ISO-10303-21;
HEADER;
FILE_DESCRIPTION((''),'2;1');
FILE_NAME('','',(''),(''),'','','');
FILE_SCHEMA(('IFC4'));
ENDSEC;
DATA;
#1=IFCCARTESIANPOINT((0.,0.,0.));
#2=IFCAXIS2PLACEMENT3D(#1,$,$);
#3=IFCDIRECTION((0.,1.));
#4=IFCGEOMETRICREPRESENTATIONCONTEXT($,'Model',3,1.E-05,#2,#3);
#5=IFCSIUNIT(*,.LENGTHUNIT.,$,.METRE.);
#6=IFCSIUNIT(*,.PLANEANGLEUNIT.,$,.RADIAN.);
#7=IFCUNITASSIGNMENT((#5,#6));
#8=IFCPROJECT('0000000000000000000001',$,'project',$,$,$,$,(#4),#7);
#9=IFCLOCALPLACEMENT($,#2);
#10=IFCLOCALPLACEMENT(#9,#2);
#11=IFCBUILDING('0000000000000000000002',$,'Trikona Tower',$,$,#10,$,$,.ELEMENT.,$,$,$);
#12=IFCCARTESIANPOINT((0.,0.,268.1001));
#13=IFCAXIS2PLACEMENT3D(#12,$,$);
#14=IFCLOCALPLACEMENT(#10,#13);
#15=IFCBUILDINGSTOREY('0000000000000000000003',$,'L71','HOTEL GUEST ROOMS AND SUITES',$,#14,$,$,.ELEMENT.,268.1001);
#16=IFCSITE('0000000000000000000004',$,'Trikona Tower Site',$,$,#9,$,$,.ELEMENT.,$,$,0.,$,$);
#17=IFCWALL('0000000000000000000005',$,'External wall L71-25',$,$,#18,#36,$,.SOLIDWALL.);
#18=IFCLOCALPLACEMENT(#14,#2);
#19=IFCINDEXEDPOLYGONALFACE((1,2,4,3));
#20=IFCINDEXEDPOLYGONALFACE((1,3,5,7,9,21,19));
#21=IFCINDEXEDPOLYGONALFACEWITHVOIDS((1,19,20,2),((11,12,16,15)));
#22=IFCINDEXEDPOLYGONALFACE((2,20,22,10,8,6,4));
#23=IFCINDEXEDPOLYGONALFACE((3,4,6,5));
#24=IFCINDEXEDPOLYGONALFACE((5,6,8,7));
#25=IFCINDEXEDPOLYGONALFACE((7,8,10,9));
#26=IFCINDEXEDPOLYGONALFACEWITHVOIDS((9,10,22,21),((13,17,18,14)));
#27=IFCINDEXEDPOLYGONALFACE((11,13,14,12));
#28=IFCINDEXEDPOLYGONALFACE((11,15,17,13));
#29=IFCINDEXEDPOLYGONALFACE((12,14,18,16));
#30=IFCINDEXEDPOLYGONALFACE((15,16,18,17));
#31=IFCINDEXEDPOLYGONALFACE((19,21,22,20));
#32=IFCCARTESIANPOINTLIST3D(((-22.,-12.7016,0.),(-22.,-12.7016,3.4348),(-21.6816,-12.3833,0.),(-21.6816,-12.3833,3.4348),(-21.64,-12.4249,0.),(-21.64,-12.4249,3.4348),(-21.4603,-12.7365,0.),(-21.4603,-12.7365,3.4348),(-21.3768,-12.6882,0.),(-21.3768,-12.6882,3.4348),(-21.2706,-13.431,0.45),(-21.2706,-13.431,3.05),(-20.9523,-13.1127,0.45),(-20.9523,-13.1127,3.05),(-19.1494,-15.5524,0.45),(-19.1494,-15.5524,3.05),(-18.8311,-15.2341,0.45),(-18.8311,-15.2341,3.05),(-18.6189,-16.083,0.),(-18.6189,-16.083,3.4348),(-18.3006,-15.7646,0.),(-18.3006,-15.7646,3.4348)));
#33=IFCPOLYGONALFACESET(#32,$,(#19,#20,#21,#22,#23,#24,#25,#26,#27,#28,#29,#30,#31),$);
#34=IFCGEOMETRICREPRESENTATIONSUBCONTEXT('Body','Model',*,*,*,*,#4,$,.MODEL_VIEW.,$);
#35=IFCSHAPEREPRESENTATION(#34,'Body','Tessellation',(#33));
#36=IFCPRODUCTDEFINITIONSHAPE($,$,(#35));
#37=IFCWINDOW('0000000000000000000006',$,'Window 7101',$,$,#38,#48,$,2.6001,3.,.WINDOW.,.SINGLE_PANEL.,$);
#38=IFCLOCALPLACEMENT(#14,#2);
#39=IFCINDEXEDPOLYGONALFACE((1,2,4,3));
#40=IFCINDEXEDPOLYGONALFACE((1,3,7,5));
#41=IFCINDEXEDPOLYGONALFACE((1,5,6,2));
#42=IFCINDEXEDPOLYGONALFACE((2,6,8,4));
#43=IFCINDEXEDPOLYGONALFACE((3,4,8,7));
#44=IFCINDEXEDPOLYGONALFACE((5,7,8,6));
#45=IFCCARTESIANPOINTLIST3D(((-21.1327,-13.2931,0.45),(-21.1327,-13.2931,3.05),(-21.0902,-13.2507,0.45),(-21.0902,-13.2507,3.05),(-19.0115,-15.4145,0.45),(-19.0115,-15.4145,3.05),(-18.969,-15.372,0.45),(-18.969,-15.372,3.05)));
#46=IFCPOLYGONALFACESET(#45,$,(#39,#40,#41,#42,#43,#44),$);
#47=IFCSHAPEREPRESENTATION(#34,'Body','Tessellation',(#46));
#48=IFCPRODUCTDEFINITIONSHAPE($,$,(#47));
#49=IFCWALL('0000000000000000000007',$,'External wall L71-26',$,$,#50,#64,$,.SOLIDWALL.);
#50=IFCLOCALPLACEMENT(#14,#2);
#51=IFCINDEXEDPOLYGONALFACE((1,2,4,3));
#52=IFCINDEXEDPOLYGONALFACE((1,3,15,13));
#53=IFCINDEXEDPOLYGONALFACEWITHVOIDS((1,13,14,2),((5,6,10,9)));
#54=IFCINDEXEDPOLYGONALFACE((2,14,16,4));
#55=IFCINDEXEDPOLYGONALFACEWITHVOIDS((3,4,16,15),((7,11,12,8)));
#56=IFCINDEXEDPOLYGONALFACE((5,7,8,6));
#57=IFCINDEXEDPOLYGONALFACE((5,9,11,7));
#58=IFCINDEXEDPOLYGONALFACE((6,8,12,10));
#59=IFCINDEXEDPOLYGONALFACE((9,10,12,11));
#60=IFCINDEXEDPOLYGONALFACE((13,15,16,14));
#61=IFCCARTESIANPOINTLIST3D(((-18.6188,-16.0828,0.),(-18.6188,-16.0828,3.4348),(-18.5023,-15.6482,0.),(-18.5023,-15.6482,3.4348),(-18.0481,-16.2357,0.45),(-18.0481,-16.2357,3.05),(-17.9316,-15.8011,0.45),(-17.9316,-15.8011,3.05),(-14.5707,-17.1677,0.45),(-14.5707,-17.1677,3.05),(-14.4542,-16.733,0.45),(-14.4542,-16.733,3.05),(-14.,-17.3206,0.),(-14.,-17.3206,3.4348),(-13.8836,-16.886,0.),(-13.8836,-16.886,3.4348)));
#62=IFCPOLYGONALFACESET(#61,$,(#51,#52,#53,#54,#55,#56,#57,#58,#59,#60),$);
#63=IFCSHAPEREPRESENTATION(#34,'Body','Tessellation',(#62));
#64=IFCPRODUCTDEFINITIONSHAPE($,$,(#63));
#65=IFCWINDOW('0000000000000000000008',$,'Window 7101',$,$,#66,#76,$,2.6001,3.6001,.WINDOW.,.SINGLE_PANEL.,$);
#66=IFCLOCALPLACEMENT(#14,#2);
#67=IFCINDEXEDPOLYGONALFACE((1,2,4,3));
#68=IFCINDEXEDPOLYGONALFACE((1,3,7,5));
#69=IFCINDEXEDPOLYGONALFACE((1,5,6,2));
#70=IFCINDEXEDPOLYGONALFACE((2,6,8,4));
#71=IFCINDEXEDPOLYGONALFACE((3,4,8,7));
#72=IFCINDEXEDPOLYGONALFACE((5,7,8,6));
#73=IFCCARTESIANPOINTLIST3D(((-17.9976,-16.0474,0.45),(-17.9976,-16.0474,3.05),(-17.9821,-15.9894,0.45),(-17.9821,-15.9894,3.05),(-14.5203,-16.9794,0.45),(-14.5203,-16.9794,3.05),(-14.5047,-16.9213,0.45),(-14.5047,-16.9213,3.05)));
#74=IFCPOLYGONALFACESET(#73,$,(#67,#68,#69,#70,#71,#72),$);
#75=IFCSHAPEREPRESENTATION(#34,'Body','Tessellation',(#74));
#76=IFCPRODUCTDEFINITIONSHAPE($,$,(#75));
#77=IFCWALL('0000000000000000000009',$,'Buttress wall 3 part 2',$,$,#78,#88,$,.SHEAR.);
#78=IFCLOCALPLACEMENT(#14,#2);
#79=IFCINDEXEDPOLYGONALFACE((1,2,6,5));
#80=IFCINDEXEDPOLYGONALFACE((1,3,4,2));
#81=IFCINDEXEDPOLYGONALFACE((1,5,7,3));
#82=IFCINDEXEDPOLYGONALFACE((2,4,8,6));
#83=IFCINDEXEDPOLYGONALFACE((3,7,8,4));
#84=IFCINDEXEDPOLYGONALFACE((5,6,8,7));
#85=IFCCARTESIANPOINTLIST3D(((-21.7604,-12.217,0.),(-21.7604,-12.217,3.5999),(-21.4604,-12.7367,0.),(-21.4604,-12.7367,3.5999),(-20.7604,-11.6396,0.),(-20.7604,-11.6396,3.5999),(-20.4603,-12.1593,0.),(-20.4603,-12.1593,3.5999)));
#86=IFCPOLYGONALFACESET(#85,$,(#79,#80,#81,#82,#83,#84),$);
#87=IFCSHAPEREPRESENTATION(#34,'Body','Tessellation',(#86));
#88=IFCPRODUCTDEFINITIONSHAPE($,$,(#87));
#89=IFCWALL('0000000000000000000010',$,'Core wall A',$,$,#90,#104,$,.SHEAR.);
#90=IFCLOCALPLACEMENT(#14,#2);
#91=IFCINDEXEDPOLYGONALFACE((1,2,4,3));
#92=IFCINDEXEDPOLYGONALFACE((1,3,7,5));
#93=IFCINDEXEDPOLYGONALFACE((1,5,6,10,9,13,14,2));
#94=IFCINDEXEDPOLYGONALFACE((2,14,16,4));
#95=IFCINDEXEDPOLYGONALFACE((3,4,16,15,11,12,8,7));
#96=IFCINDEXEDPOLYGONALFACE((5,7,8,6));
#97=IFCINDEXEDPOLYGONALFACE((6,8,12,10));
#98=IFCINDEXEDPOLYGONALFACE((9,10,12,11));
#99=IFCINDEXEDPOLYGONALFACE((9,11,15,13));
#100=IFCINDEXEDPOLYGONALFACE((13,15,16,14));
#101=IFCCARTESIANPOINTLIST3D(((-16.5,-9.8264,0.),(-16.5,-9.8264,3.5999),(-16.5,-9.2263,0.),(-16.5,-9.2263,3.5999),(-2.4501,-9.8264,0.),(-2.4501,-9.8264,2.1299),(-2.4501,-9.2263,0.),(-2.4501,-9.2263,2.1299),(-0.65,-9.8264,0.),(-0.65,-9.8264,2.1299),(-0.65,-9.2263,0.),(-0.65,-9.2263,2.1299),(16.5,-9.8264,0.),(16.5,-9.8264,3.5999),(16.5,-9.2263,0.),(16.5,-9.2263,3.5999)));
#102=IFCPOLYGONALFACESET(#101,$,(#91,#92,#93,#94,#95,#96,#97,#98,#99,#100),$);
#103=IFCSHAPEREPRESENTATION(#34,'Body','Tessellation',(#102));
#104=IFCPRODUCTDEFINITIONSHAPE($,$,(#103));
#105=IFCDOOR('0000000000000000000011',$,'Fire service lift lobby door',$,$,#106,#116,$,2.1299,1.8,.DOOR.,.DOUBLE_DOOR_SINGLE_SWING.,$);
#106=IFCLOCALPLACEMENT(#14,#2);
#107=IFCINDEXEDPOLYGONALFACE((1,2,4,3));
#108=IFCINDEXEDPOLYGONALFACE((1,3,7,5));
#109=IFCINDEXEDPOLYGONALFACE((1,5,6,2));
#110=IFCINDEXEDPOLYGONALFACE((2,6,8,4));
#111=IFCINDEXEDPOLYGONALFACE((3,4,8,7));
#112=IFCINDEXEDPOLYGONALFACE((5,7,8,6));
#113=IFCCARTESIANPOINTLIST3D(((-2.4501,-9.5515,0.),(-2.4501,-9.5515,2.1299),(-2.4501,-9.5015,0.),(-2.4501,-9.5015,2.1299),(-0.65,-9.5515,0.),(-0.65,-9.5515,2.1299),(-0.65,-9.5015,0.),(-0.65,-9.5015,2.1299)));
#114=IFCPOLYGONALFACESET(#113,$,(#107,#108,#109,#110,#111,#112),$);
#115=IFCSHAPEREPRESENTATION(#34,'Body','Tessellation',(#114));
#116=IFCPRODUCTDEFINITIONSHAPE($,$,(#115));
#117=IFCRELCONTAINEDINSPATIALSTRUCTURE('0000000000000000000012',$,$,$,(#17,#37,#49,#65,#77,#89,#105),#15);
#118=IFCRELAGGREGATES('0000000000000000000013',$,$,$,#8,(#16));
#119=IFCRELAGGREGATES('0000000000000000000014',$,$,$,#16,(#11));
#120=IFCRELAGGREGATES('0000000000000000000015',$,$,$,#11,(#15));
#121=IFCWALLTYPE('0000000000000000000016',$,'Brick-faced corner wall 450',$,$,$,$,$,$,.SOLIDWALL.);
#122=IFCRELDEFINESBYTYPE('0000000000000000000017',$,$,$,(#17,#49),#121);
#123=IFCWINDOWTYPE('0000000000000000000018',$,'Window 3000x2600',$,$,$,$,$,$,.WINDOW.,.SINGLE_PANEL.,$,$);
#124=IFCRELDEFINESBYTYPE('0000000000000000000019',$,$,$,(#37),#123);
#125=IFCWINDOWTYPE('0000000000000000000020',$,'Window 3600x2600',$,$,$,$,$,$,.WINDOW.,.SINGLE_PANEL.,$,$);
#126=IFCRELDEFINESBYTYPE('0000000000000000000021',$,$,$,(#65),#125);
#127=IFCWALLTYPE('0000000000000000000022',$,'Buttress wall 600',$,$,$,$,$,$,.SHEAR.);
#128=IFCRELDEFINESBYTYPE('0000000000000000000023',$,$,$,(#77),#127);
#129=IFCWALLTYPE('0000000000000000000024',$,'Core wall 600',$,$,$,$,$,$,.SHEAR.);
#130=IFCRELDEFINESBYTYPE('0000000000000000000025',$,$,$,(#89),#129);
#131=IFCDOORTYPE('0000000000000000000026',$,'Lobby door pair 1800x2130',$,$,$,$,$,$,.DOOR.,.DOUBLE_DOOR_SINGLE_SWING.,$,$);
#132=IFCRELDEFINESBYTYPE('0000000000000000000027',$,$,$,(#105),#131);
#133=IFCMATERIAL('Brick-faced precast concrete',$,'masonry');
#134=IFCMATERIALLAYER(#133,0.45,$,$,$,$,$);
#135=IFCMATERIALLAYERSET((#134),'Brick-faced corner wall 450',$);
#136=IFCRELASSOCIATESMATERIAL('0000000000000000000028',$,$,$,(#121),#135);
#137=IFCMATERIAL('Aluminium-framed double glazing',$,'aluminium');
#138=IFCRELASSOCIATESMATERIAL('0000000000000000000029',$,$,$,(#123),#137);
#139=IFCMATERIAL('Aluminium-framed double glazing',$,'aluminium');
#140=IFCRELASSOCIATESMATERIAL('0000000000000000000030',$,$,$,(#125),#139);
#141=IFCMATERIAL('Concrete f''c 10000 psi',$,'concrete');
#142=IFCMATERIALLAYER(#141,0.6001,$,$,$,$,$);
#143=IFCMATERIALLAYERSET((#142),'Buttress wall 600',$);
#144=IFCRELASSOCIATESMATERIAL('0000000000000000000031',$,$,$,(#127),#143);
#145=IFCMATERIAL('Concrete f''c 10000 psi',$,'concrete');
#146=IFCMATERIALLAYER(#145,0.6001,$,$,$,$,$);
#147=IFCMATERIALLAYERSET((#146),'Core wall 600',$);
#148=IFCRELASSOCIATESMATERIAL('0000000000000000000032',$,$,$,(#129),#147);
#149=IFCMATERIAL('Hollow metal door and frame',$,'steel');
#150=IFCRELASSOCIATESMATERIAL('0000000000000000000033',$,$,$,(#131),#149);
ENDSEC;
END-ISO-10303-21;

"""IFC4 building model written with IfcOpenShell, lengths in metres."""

from ifc_helpers import new_model, si_unit, direction, frame, frame_2d, origin, place, context, subcontext, project, spatial, polyline, rectangle, outline, extrude, material, layer, layer_set, type_object, element, fill, save


model = new_model("IFC4")

# Units and contexts
model_context = context("Model", 3, precision=1e-05, world=origin(), true_north=direction((0.0, 1.0)))
body_context = subcontext(model_context, "Body", "Model", "MODEL_VIEW")
ifc_project = project(units=[si_unit("LENGTHUNIT", "METRE"), si_unit("PLANEANGLEUNIT", "RADIAN")], contexts=[model_context])

# Site, building, storey
site_placement = place(None, origin())
site = spatial("IfcSite", under=ifc_project, at=site_placement, Name="Trikona Tower Site", CompositionType="ELEMENT", RefElevation=0.0)
building_placement = place(site_placement, origin())
building = spatial("IfcBuilding", under=site, at=building_placement, Name="Trikona Tower", CompositionType="ELEMENT")
storey_placement = place(building_placement, frame((0.0, 0.0, 268.1001)))
storey = spatial("IfcBuildingStorey", under=building, at=storey_placement, Name="L71", Description="HOTEL GUEST ROOMS AND SUITES", CompositionType="ELEMENT", Elevation=268.1001)

# Walls, openings, windows
ifc_material_1 = material(Name="Brick-faced precast concrete", Category="masonry")
ifc_layer_1 = layer(ifc_material_1, 0.45)
ifc_layer_set_1 = layer_set([ifc_layer_1], Name="Brick-faced corner wall 450")
wall_type_1 = type_object("IfcWallType", Name="Brick-faced corner wall 450", PredefinedType="SOLIDWALL", material=ifc_layer_set_1)
wall_1_placement = place(storey_placement, frame((-21.8408, -12.5425, 0.0), z_axis=(0.0, 0.0, 1.0), x_axis=(0.707081, -0.707132, 0.0)))
wall_1 = element("IfcWall", 1, at=wall_1_placement, inside=storey, type_object=wall_type_1, Name="External wall L71-25", PredefinedType="SOLIDWALL", context=body_context, shape_type="SweptSolid", body=[
    extrude(outline(polyline([(4.7817, 0.2251), (0.4312, 0.2251), (0.4062, 0.1318), (0.0588, 0.2251), (0.0, 0.2251), (0.0, -0.2251), (4.7817, -0.2251), (4.7817, 0.2251)])), origin(), (0.0, 0.0, 1.0), 3.4348),
])
opening_1_placement = place(wall_1_placement, frame((1.0315, 0.0, 0.45)))
opening_1 = element("IfcOpeningElement", 2, at=opening_1_placement, cuts=wall_1, PredefinedType="OPENING", context=body_context, shape_type="SweptSolid", body=[
    extrude(rectangle(XDim=3.0, YDim=2.6001, at=frame_2d((1.5, 1.3))), frame((0.0, 0.2349, 0.0), z_axis=(0.0, -1.0, 0.0), x_axis=(1.0, 0.0, 0.0)), (0.0, 0.0, 1.0), 0.47),
])
ifc_material_2 = material(Name="Aluminium-framed double glazing", Category="aluminium")
window_type_1 = type_object("IfcWindowType", Name="Window 3000x2600", PartitioningType="SINGLE_PANEL", PredefinedType="WINDOW", material=ifc_material_2)
window_1_placement = place(opening_1_placement, origin())
window_1 = element("IfcWindow", 3, at=window_1_placement, inside=storey, type_object=window_type_1, Name="Window 7101", OverallHeight=2.6001, OverallWidth=3.0, PartitioningType="SINGLE_PANEL", PredefinedType="WINDOW", context=body_context, shape_type="SweptSolid", body=[
    extrude(rectangle(XDim=3.0, YDim=2.6001, at=frame_2d((1.5, 1.3))), frame((0.0, 0.03, 0.0), z_axis=(0.0, -1.0, 0.0), x_axis=(1.0, 0.0, 0.0)), (0.0, 0.0, 1.0), 0.0601),
])
fill(opening_1, window_1)
wall_2_placement = place(storey_placement, frame((-18.5605, -15.8655, 0.0), z_axis=(0.0, 0.0, 1.0), x_axis=(0.965914, -0.258864, 0.0)))
wall_2 = element("IfcWall", 4, at=wall_2_placement, inside=storey, type_object=wall_type_1, Name="External wall L71-26", PredefinedType="SOLIDWALL", context=body_context, shape_type="SweptSolid", body=[
    extrude(rectangle(XDim=4.7817, YDim=0.45, at=frame_2d((2.3909, 0.0))), origin(), (0.0, 0.0, 1.0), 3.4348),
])
opening_2_placement = place(wall_2_placement, frame((0.5908, 0.0, 0.45)))
opening_2 = element("IfcOpeningElement", 5, at=opening_2_placement, cuts=wall_2, PredefinedType="OPENING", context=body_context, shape_type="SweptSolid", body=[
    extrude(rectangle(XDim=3.6001, YDim=2.6001, at=frame_2d((1.8, 1.3))), frame((0.0, 0.2349, 0.0), z_axis=(0.0, -1.0, 0.0), x_axis=(1.0, 0.0, 0.0)), (0.0, 0.0, 1.0), 0.47),
])
ifc_material_3 = material(Name="Aluminium-framed double glazing", Category="aluminium")
window_type_2 = type_object("IfcWindowType", Name="Window 3600x2600", PartitioningType="SINGLE_PANEL", PredefinedType="WINDOW", material=ifc_material_3)
window_2_placement = place(opening_2_placement, origin())
window_2 = element("IfcWindow", 6, at=window_2_placement, inside=storey, type_object=window_type_2, Name="Window 7101", OverallHeight=2.6001, OverallWidth=3.6001, PartitioningType="SINGLE_PANEL", PredefinedType="WINDOW", context=body_context, shape_type="SweptSolid", body=[
    extrude(rectangle(XDim=3.6001, YDim=2.6001, at=frame_2d((1.8, 1.3))), frame((0.0, 0.03, 0.0), z_axis=(0.0, -1.0, 0.0), x_axis=(1.0, 0.0, 0.0)), (0.0, 0.0, 1.0), 0.0601),
])
fill(opening_2, window_2)

# Wall
ifc_material_4 = material(Name="Concrete f'c 10000 psi", Category="concrete")
ifc_layer_2 = layer(ifc_material_4, 0.6001)
ifc_layer_set_2 = layer_set([ifc_layer_2], Name="Buttress wall 600")
wall_type_2 = type_object("IfcWallType", Name="Buttress wall 600", PredefinedType="SHEAR", material=ifc_layer_set_2)
wall_3_placement = place(storey_placement, frame((-20.6104, -11.8994, 0.0), z_axis=(0.0, 0.0, 1.0), x_axis=(-0.86601, -0.500027, 0.0)))
element("IfcWall", 7, at=wall_3_placement, inside=storey, type_object=wall_type_2, Name="Buttress wall 3 part 2", PredefinedType="SHEAR", context=body_context, shape_type="SweptSolid", body=[
    extrude(rectangle(XDim=1.1548, YDim=0.6001, at=frame_2d((0.5774, 0.0))), origin(), (0.0, 0.0, 1.0), 3.5999),
])

# Wall, opening, door
ifc_material_5 = material(Name="Concrete f'c 10000 psi", Category="concrete")
ifc_layer_3 = layer(ifc_material_5, 0.6001)
ifc_layer_set_3 = layer_set([ifc_layer_3], Name="Core wall 600")
wall_type_3 = type_object("IfcWallType", Name="Core wall 600", PredefinedType="SHEAR", material=ifc_layer_set_3)
wall_4_placement = place(storey_placement, frame((-16.5, -9.5264, 0.0), z_axis=(0.0, 0.0, 1.0), x_axis=(1.0, 0.0, 0.0)))
wall_4 = element("IfcWall", 8, at=wall_4_placement, inside=storey, type_object=wall_type_3, Name="Core wall A", PredefinedType="SHEAR", context=body_context, shape_type="SweptSolid", body=[
    extrude(rectangle(XDim=33.0, YDim=0.6001, at=frame_2d((16.5, 0.0))), origin(), (0.0, 0.0, 1.0), 3.5999),
])
opening_3_placement = place(wall_4_placement, frame((14.05, 0.0, 0.0)))
opening_3 = element("IfcOpeningElement", 9, at=opening_3_placement, cuts=wall_4, PredefinedType="OPENING", context=body_context, shape_type="SweptSolid", body=[
    extrude(rectangle(XDim=1.8, YDim=2.1299, at=frame_2d((0.8999, 1.0649))), frame((0.0, 0.3101, 0.0), z_axis=(0.0, -1.0, 0.0), x_axis=(1.0, 0.0, 0.0)), (0.0, 0.0, 1.0), 0.6201),
])
ifc_material_6 = material(Name="Hollow metal door and frame", Category="steel")
door_type_1 = type_object("IfcDoorType", Name="Lobby door pair 1800x2130", OperationType="DOUBLE_DOOR_SINGLE_SWING", PredefinedType="DOOR", material=ifc_material_6)
door_1_placement = place(opening_3_placement, origin())
door_1 = element("IfcDoor", 10, at=door_1_placement, inside=storey, type_object=door_type_1, Name="Fire service lift lobby door", OperationType="DOUBLE_DOOR_SINGLE_SWING", OverallHeight=2.1299, OverallWidth=1.8, PredefinedType="DOOR", context=body_context, shape_type="SweptSolid", body=[
    extrude(rectangle(XDim=1.8, YDim=2.1299, at=frame_2d((0.8999, 1.0649))), frame((0.0, 0.0249, 0.0), z_axis=(0.0, -1.0, 0.0), x_axis=(1.0, 0.0, 0.0)), (0.0, 0.0, 1.0), 0.05),
])
fill(opening_3, door_1)

save(model, "model.ifc")
